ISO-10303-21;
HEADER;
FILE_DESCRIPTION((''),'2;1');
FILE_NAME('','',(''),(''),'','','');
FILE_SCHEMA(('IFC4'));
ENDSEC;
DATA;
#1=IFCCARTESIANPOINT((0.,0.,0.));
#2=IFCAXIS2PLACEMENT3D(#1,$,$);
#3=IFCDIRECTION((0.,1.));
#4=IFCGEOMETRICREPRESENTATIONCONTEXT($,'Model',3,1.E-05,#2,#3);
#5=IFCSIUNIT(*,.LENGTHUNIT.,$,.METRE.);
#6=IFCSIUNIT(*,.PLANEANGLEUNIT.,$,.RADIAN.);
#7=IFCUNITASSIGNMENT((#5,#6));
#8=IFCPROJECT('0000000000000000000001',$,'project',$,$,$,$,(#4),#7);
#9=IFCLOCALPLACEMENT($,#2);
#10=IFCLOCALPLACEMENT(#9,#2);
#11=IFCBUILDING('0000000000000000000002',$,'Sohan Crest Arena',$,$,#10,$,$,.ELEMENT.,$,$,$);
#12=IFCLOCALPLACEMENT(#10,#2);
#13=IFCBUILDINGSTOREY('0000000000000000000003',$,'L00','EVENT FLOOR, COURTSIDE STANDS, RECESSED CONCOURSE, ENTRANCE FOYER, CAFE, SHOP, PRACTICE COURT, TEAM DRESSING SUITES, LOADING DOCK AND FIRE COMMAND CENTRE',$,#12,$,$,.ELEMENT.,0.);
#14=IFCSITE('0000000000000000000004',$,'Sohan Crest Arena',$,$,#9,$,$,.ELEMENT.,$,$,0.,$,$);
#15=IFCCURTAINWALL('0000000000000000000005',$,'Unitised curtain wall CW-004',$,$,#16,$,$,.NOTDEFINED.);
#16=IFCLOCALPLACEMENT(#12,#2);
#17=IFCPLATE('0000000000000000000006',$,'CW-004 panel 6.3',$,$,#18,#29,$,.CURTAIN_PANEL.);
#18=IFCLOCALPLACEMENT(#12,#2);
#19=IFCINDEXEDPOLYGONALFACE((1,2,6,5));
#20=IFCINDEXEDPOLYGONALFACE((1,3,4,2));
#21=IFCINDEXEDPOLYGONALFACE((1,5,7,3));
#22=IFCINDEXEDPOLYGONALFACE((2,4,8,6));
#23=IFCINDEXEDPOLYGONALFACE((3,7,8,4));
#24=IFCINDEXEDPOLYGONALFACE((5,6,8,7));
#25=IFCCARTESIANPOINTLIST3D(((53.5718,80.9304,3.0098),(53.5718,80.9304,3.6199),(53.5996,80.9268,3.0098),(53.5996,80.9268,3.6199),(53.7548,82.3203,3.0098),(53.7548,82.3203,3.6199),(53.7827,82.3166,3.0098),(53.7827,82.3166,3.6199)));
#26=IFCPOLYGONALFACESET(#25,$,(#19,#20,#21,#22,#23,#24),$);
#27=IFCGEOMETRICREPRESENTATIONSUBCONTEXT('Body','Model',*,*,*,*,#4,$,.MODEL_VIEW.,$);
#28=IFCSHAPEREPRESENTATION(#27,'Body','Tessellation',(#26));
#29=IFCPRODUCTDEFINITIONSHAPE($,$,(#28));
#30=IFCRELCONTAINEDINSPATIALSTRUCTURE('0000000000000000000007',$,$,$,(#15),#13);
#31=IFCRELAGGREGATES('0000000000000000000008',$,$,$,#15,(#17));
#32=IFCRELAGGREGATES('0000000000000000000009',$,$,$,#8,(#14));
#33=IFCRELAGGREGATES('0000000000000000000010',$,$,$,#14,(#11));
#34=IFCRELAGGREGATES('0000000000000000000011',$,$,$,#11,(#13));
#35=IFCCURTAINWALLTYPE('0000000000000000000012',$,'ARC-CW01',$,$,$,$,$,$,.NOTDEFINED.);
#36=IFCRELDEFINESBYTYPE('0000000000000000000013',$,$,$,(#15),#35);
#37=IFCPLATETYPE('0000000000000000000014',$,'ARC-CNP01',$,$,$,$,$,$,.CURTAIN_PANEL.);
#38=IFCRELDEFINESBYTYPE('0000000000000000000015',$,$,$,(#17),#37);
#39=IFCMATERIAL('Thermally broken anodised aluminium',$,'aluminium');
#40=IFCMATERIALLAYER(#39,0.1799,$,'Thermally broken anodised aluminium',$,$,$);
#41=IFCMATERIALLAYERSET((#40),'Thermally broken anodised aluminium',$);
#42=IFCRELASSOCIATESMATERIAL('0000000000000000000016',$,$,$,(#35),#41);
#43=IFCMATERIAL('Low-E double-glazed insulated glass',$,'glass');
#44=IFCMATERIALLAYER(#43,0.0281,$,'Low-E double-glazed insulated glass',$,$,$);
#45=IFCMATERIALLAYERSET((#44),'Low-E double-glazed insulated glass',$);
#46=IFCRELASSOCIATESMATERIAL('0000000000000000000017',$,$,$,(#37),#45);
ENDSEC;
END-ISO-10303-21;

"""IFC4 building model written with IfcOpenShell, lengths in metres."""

from ifc_helpers import new_model, si_unit, direction, frame, origin, origin_2d, place, context, subcontext, project, spatial, rectangle, extrude, material, layer, layer_set, type_object, element, aggregate, save


model = new_model("IFC4")

# Units and contexts
model_context = context("Model", 3, precision=1e-05, world=origin(), true_north=direction((0.0, 1.0)))
body_context = subcontext(model_context, "Body", "Model", "MODEL_VIEW")
ifc_project = project(units=[si_unit("LENGTHUNIT", "METRE"), si_unit("PLANEANGLEUNIT", "RADIAN")], contexts=[model_context])

# Site, building, storey
site_placement = place(None, origin())
site = spatial("IfcSite", under=ifc_project, at=site_placement, Name="Sohan Crest Arena", CompositionType="ELEMENT", RefElevation=0.0)
building_placement = place(site_placement, origin())
building = spatial("IfcBuilding", under=site, at=building_placement, Name="Sohan Crest Arena", CompositionType="ELEMENT")
storey_placement = place(building_placement, origin())
storey = spatial("IfcBuildingStorey", under=building, at=storey_placement, Name="L00", Description="EVENT FLOOR, COURTSIDE STANDS, RECESSED CONCOURSE, ENTRANCE FOYER, CAFE, SHOP, PRACTICE COURT, TEAM DRESSING SUITES, LOADING DOCK AND FIRE COMMAND CENTRE", CompositionType="ELEMENT", Elevation=0.0)

# Curtain wall, plate
ifc_material_1 = material(Name="Thermally broken anodised aluminium", Category="aluminium")
ifc_layer_1 = layer(ifc_material_1, 0.1799, Name="Thermally broken anodised aluminium")
ifc_layer_set_1 = layer_set([ifc_layer_1], Name="Thermally broken anodised aluminium")
curtain_wall_type = type_object("IfcCurtainWallType", Name="ARC-CW01", PredefinedType="NOTDEFINED", material=ifc_layer_set_1)
curtain_wall_placement = place(storey_placement, origin())
curtain_wall = element("IfcCurtainWall", 1, at=curtain_wall_placement, inside=storey, type_object=curtain_wall_type, Name="Unitised curtain wall CW-004", PredefinedType="NOTDEFINED")
ifc_material_2 = material(Name="Low-E double-glazed insulated glass", Category="glass")
ifc_layer_2 = layer(ifc_material_2, 0.0281, Name="Low-E double-glazed insulated glass")
ifc_layer_set_2 = layer_set([ifc_layer_2], Name="Low-E double-glazed insulated glass")
plate_type = type_object("IfcPlateType", Name="ARC-CNP01", PredefinedType="CURTAIN_PANEL", material=ifc_layer_set_2)
plate_1_placement = place(storey_placement, frame((53.6772, 81.6235, 3.0098), z_axis=(0.0, 0.0, 1.0), x_axis=(-0.130567, -0.991439, 0.0)))
plate_1 = element("IfcPlate", 2, at=plate_1_placement, type_object=plate_type, Name="CW-004 panel 6.3", PredefinedType="CURTAIN_PANEL", context=body_context, shape_type="SweptSolid", body=[
    extrude(rectangle(XDim=1.4019, YDim=0.0281, at=origin_2d()), origin(), (0.0, 0.0, 1.0), 0.6101),
])
aggregate(curtain_wall, [plate_1])

save(model, "model.ifc")
